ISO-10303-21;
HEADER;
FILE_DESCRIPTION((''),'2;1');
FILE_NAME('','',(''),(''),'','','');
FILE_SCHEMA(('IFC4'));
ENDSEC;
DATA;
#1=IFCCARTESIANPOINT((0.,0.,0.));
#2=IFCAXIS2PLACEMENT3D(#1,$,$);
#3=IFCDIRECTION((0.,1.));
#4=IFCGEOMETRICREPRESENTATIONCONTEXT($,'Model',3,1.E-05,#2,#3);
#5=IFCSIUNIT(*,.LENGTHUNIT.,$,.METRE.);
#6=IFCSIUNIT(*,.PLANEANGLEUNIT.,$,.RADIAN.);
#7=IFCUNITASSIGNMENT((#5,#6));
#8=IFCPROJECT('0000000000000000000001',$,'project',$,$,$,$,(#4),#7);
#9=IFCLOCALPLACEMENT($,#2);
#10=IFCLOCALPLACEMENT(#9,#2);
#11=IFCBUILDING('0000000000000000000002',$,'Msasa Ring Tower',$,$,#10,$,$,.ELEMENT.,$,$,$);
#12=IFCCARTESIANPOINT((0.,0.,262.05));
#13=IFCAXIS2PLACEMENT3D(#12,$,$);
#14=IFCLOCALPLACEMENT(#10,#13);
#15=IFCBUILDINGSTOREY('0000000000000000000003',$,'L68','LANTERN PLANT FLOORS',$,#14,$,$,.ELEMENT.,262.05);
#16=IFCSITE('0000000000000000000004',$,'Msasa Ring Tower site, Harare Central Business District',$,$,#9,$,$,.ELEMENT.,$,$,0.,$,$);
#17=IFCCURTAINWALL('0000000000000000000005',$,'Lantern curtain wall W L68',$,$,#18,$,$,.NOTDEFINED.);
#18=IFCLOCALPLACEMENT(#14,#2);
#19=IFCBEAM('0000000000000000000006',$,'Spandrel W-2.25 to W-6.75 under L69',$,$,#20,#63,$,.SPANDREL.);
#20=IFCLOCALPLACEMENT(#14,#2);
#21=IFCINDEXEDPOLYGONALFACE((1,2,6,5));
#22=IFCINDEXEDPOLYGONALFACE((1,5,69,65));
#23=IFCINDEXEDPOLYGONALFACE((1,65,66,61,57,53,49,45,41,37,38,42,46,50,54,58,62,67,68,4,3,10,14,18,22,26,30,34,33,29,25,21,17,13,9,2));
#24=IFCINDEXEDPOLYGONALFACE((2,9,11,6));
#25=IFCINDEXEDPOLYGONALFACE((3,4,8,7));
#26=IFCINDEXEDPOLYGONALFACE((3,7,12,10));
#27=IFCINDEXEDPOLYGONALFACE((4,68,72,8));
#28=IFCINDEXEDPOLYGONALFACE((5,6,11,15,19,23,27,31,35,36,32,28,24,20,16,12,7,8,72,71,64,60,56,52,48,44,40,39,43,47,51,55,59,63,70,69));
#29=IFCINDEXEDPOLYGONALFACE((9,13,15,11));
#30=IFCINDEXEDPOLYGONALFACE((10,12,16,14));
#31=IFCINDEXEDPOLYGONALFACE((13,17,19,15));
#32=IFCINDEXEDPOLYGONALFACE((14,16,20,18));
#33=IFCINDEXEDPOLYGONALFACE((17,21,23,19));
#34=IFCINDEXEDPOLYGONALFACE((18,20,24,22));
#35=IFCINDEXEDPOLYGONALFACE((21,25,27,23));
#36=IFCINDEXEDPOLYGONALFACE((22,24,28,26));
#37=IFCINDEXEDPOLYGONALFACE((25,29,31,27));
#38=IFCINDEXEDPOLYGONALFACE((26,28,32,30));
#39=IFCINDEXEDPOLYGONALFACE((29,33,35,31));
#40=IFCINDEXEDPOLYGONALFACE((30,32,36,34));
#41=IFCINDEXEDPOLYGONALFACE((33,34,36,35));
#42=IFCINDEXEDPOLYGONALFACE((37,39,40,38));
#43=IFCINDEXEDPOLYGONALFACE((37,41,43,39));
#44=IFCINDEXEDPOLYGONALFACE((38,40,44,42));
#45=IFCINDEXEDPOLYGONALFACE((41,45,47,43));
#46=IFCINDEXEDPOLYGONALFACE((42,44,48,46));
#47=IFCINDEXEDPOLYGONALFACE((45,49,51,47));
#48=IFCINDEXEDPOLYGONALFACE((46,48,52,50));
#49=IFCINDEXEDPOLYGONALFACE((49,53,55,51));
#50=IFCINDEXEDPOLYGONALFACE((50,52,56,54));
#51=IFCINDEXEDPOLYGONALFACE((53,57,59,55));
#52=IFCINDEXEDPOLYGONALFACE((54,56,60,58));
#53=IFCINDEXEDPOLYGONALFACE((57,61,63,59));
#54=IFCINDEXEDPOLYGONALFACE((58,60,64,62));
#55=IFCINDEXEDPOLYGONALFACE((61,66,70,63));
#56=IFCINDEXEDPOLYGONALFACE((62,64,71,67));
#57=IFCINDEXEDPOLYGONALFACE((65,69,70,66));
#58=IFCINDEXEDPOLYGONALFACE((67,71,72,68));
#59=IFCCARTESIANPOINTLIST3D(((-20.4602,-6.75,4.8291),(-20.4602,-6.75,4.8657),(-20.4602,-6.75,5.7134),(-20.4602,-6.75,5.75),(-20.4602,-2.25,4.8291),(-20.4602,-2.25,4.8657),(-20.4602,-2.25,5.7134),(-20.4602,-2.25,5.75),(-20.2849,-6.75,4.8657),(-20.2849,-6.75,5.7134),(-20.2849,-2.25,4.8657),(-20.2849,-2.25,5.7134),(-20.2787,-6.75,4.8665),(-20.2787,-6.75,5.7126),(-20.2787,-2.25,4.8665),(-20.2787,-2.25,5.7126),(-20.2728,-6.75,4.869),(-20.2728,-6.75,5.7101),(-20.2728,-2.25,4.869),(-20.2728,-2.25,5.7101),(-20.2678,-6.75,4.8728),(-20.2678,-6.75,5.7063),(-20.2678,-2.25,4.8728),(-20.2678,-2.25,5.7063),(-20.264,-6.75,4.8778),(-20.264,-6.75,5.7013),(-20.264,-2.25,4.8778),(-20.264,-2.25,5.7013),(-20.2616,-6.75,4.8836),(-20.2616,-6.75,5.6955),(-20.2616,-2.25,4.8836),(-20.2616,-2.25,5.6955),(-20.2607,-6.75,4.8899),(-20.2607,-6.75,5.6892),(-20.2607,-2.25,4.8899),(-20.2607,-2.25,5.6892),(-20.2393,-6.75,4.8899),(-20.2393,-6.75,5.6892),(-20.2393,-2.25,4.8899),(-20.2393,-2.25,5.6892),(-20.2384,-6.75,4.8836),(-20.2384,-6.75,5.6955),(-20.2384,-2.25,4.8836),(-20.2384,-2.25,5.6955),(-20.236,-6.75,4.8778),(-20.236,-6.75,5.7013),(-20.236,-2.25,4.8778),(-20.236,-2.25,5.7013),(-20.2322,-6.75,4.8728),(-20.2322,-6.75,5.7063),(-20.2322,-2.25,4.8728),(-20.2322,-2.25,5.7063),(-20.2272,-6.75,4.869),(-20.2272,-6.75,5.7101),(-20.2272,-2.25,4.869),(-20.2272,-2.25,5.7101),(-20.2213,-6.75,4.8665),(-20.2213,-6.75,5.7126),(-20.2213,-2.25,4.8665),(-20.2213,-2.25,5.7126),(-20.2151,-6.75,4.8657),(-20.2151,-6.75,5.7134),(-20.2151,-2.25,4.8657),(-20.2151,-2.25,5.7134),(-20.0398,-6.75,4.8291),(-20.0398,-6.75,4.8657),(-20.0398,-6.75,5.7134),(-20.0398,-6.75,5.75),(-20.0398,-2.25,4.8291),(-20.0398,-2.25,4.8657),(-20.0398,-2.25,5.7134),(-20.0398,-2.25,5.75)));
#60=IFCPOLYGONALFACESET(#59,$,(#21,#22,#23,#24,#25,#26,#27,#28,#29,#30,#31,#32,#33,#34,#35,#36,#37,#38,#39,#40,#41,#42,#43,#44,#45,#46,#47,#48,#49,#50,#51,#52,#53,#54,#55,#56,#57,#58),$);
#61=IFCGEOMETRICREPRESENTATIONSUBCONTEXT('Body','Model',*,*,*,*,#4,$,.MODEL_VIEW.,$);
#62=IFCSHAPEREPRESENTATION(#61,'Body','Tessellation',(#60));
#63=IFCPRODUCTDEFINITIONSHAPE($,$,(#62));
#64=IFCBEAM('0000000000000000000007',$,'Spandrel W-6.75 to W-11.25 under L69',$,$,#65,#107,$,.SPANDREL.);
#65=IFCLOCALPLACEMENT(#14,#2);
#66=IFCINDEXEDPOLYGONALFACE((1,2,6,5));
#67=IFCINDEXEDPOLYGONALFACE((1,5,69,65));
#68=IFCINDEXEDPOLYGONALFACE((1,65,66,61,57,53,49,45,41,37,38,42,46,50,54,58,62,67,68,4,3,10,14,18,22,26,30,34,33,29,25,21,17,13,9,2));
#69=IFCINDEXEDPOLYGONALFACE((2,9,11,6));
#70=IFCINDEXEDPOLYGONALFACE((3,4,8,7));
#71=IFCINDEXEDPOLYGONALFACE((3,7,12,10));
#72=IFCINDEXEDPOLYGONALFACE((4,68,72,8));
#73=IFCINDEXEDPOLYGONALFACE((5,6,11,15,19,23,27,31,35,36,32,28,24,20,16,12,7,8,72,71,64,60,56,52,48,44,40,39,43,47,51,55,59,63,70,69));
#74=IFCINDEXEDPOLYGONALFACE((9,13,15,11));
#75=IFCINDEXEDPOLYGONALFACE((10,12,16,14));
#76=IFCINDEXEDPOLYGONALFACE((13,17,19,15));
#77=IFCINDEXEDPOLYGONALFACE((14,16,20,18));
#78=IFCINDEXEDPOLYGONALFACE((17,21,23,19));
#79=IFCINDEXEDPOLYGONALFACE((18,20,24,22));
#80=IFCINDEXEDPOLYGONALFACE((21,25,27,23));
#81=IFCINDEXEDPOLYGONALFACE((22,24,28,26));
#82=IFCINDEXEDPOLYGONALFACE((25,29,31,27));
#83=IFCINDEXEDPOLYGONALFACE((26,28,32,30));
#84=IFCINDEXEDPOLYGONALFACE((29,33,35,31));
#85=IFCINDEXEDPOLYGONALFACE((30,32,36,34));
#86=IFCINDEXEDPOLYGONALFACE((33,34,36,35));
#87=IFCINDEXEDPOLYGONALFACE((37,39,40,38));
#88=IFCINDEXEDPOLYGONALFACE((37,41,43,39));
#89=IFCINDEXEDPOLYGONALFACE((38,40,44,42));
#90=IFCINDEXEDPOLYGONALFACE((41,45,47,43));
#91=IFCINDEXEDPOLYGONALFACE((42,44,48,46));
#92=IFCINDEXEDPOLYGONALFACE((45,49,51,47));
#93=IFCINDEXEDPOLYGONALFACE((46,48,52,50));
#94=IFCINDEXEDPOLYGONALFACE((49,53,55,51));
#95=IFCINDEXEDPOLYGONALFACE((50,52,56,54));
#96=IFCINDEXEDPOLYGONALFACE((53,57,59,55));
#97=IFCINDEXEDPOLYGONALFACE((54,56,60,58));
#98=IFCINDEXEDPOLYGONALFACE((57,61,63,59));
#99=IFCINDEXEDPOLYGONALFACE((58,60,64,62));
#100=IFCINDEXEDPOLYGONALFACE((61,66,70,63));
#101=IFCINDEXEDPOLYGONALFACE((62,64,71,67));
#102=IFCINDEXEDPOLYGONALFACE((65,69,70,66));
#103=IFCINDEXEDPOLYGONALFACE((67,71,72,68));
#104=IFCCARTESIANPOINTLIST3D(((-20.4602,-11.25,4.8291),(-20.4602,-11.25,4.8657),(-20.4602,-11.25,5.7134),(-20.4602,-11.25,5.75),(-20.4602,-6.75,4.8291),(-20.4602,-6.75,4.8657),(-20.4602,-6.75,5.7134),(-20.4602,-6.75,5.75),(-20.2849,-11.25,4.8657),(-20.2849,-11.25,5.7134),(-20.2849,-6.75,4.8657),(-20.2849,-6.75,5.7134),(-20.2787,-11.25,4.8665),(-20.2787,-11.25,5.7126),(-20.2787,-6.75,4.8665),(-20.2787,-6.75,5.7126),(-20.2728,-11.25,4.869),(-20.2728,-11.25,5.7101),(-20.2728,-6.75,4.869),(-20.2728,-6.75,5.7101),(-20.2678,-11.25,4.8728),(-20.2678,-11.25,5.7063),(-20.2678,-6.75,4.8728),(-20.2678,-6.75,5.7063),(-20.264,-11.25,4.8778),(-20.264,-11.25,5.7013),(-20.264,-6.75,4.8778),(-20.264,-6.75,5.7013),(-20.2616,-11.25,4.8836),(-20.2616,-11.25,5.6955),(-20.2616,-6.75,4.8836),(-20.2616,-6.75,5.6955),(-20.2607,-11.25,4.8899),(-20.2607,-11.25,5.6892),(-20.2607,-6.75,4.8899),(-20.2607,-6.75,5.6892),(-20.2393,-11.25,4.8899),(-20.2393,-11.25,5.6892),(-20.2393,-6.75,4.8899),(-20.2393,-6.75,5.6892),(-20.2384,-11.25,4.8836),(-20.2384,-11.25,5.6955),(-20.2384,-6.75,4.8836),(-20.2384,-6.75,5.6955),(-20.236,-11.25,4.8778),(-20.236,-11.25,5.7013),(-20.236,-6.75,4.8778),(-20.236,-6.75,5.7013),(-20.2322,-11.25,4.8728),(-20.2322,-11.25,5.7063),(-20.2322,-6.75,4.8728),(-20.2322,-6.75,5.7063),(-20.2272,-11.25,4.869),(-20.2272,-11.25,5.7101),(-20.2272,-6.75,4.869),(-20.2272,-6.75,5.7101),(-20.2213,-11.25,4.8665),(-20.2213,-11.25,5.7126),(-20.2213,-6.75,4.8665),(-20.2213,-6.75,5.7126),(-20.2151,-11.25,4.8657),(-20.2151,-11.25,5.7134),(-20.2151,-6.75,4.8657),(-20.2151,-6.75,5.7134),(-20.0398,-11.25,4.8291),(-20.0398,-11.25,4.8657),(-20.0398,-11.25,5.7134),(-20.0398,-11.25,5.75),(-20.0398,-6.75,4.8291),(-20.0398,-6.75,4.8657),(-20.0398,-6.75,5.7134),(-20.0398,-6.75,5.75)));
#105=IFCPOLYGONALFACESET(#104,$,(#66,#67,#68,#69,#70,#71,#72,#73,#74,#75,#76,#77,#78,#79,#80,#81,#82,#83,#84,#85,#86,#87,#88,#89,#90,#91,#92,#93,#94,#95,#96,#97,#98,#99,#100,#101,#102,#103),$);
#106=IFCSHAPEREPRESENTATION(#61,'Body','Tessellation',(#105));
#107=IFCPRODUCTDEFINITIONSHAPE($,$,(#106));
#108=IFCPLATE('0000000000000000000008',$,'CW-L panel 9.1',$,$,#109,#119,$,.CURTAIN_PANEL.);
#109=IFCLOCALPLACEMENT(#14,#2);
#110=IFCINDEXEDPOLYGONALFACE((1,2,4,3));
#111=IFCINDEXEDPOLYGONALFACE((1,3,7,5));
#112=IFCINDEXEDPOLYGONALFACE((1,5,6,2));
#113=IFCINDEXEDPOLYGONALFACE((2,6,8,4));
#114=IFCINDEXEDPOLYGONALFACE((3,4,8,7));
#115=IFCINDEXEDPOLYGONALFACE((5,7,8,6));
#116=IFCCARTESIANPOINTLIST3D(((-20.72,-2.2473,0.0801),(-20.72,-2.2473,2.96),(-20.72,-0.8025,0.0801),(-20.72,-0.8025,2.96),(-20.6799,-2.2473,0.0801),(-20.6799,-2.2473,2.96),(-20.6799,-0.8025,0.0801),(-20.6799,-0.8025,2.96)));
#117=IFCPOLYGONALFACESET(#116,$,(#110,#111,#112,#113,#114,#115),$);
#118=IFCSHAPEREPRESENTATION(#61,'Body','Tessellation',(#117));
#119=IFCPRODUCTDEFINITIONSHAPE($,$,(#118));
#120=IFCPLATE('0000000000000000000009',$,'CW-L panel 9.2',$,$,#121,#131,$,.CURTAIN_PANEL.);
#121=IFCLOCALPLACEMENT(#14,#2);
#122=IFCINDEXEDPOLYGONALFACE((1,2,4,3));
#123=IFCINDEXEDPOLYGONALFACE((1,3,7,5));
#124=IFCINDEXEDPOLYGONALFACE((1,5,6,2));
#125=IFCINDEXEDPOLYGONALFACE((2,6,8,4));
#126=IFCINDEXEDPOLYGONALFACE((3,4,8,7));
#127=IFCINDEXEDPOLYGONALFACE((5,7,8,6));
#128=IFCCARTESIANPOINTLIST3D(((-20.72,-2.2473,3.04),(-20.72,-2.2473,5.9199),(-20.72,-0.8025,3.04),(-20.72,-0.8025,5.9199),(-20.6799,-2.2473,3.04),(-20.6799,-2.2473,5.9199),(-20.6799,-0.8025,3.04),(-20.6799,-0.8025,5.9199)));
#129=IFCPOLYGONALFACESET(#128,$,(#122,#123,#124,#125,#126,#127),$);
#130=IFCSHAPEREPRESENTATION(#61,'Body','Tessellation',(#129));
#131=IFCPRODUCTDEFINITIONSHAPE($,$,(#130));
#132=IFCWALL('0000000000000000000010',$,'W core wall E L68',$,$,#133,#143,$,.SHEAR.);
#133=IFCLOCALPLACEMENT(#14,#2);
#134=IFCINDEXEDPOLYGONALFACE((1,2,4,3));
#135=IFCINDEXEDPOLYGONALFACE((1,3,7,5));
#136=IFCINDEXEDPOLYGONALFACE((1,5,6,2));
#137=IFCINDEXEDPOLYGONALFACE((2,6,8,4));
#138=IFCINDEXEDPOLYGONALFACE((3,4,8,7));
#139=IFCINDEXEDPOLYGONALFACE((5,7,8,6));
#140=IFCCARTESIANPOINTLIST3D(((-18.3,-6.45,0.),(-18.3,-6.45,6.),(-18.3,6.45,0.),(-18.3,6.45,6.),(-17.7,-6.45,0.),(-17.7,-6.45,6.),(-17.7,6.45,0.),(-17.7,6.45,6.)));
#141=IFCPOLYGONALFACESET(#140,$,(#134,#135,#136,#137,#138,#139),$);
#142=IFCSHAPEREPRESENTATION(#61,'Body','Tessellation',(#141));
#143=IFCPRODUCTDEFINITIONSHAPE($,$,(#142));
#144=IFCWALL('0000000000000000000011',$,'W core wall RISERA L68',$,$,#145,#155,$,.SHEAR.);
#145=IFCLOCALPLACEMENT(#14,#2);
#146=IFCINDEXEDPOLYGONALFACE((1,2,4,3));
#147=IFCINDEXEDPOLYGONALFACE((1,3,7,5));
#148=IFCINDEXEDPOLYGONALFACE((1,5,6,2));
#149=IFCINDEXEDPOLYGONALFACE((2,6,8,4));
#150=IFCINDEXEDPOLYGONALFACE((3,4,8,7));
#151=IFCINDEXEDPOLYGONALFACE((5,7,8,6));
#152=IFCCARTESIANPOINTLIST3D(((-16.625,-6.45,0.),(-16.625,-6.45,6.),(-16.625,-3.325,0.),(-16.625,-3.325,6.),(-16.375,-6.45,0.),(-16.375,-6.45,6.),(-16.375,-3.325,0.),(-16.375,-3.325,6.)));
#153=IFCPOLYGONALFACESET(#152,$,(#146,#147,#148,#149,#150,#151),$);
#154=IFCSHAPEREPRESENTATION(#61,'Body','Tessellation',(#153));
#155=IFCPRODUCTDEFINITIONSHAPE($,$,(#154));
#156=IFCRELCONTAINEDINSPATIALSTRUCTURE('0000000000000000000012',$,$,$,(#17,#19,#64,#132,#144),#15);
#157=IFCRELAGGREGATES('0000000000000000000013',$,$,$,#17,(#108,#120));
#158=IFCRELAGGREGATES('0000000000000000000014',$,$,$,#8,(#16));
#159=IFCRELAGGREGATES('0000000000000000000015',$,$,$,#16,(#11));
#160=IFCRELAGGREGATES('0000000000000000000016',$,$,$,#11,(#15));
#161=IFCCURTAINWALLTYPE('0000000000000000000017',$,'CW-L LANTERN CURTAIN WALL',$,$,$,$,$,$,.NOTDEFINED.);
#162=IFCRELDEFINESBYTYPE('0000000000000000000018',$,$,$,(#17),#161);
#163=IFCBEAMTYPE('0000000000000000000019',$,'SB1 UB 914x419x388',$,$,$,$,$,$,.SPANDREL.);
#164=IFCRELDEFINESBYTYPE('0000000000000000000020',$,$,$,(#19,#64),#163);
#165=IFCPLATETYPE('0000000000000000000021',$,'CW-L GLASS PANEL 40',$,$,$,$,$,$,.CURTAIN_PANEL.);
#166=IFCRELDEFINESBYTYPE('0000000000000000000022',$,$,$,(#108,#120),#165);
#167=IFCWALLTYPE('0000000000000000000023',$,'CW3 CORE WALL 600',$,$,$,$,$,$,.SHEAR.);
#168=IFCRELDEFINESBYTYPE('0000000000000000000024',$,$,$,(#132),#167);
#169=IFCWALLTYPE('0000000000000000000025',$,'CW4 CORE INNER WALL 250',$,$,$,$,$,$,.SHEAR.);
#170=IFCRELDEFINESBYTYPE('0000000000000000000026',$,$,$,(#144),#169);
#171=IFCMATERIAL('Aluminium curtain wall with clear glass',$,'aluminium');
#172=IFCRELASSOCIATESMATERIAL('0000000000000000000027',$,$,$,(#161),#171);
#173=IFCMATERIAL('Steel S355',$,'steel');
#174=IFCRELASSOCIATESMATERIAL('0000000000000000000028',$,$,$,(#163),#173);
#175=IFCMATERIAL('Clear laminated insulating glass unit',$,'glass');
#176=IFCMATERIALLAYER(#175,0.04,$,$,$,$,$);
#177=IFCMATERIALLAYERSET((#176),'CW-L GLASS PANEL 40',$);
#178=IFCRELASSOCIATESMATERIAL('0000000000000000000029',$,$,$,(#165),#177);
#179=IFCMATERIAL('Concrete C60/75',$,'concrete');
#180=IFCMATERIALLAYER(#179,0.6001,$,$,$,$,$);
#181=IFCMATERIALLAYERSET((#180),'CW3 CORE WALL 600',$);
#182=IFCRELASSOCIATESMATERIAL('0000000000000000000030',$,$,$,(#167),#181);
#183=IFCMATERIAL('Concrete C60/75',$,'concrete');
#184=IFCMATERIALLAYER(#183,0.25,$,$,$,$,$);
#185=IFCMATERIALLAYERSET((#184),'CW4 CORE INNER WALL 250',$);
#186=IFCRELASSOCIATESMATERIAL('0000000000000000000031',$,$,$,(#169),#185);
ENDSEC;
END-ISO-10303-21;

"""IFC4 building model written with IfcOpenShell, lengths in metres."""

from ifc_helpers import new_model, si_unit, direction, frame, frame_2d, origin, origin_2d, place, context, subcontext, project, spatial, rectangle, i_section, extrude, material, layer, layer_set, material_profile, profile_set, type_object, element, aggregate, save


model = new_model("IFC4")

# Units and contexts
model_context = context("Model", 3, precision=1e-05, world=origin(), true_north=direction((0.0, 1.0)))
body_context = subcontext(model_context, "Body", "Model", "MODEL_VIEW")
ifc_project = project(units=[si_unit("LENGTHUNIT", "METRE"), si_unit("PLANEANGLEUNIT", "RADIAN")], contexts=[model_context])

# Site, building, storey
site_placement = place(None, origin())
site = spatial("IfcSite", under=ifc_project, at=site_placement, Name="Msasa Ring Tower site, Harare Central Business District", CompositionType="ELEMENT", RefElevation=0.0)
building_placement = place(site_placement, origin())
building = spatial("IfcBuilding", under=site, at=building_placement, Name="Msasa Ring Tower", CompositionType="ELEMENT")
storey_placement = place(building_placement, frame((0.0, 0.0, 262.05)))
storey = spatial("IfcBuildingStorey", under=building, at=storey_placement, Name="L68", Description="LANTERN PLANT FLOORS", CompositionType="ELEMENT", Elevation=262.05)

# Curtain wall
ifc_material_1 = material(Name="Aluminium curtain wall with clear glass", Category="aluminium")
curtain_wall_type = type_object("IfcCurtainWallType", Name="CW-L LANTERN CURTAIN WALL", PredefinedType="NOTDEFINED", material=ifc_material_1)
curtain_wall_placement = place(storey_placement, origin())
curtain_wall = element("IfcCurtainWall", 1, at=curtain_wall_placement, inside=storey, type_object=curtain_wall_type, Name="Lantern curtain wall W L68", PredefinedType="NOTDEFINED")

# Beams
ifc_material_2 = material(Name="Steel S355", Category="steel")
ifc_material_profile_1 = material_profile(ifc_material_2, i_section(OverallWidth=0.4204, OverallDepth=0.9209, WebThickness=0.0215, FlangeThickness=0.0366, FilletRadius=0.0242, at=origin_2d()), Name="UB 914x419x388")
ifc_profile_set_1 = profile_set([ifc_material_profile_1], Name="Steel S355")
beam_type_1 = type_object("IfcBeamType", Name="SB1 UB 914x419x388", PredefinedType="SPANDREL", material=ifc_profile_set_1)
for number, where, z_axis, x_axis, name in (
    (2, (-20.25, -2.25, 5.2896), (0.0, -1.0, 0.0), (1.0, 0.0, 0.0), "Spandrel W-2.25 to W-6.75 under L69"),
    (3, (-20.25, -6.75, 5.2896), (0.0, -1.0, 0.0), (1.0, 0.0, 0.0), "Spandrel W-6.75 to W-11.25 under L69"),
):
    element("IfcBeam", number, at=place(storey_placement, frame(where, z_axis=z_axis, x_axis=x_axis)), inside=storey, type_object=beam_type_1, Name=name, PredefinedType="SPANDREL", context=body_context, shape_type="SweptSolid", body=[
        extrude(i_section(OverallWidth=0.4204, OverallDepth=0.9209, WebThickness=0.0215, FlangeThickness=0.0366, FilletRadius=0.0242, at=origin_2d()), origin(), (0.0, 0.0, 1.0), 4.5),
    ])

# Plates
ifc_material_3 = material(Name="Clear laminated insulating glass unit", Category="glass")
ifc_layer_1 = layer(ifc_material_3, 0.04)
ifc_layer_set_1 = layer_set([ifc_layer_1], Name="CW-L GLASS PANEL 40")
plate_type = type_object("IfcPlateType", Name="CW-L GLASS PANEL 40", PredefinedType="CURTAIN_PANEL", material=ifc_layer_set_1)
plate_1_placement = place(storey_placement, frame((-20.7, -1.5249, 0.0801), z_axis=(0.0, 0.0, 1.0), x_axis=(0.0, -1.0, 0.0)))
plate_1 = element("IfcPlate", 4, at=plate_1_placement, type_object=plate_type, Name="CW-L panel 9.1", PredefinedType="CURTAIN_PANEL", context=body_context, shape_type="SweptSolid", body=[
    extrude(rectangle(XDim=1.4448, YDim=0.04, at=origin_2d()), origin(), (0.0, 0.0, 1.0), 2.8799),
])
plate_2_placement = place(storey_placement, frame((-20.7, -1.5249, 3.04), z_axis=(0.0, 0.0, 1.0), x_axis=(0.0, -1.0, 0.0)))
plate_2 = element("IfcPlate", 5, at=plate_2_placement, type_object=plate_type, Name="CW-L panel 9.2", PredefinedType="CURTAIN_PANEL", context=body_context, shape_type="SweptSolid", body=[
    extrude(rectangle(XDim=1.4448, YDim=0.04, at=origin_2d()), origin(), (0.0, 0.0, 1.0), 2.8799),
])
aggregate(curtain_wall, [plate_1, plate_2])

# Walls
ifc_material_4 = material(Name="Concrete C60/75", Category="concrete")
ifc_layer_2 = layer(ifc_material_4, 0.6001)
ifc_layer_set_2 = layer_set([ifc_layer_2], Name="CW3 CORE WALL 600")
wall_type_1 = type_object("IfcWallType", Name="CW3 CORE WALL 600", PredefinedType="SHEAR", material=ifc_layer_set_2)
wall_1_placement = place(storey_placement, frame((-18.0, -6.45, 0.0), z_axis=(0.0, 0.0, 1.0), x_axis=(0.0, 1.0, 0.0)))
element("IfcWall", 6, at=wall_1_placement, inside=storey, type_object=wall_type_1, Name="W core wall E L68", PredefinedType="SHEAR", context=body_context, shape_type="SweptSolid", body=[
    extrude(rectangle(XDim=12.8999, YDim=0.6001, at=frame_2d((6.45, 0.0))), origin(), (0.0, 0.0, 1.0), 6.0),
])
ifc_material_5 = material(Name="Concrete C60/75", Category="concrete")
ifc_layer_3 = layer(ifc_material_5, 0.25)
ifc_layer_set_3 = layer_set([ifc_layer_3], Name="CW4 CORE INNER WALL 250")
wall_type_2 = type_object("IfcWallType", Name="CW4 CORE INNER WALL 250", PredefinedType="SHEAR", material=ifc_layer_set_3)
wall_2_placement = place(storey_placement, frame((-16.5, -6.45, 0.0), z_axis=(0.0, 0.0, 1.0), x_axis=(0.0, 1.0, 0.0)))
element("IfcWall", 7, at=wall_2_placement, inside=storey, type_object=wall_type_2, Name="W core wall RISERA L68", PredefinedType="SHEAR", context=body_context, shape_type="SweptSolid", body=[
    extrude(rectangle(XDim=3.125, YDim=0.25, at=frame_2d((1.5625, 0.0))), origin(), (0.0, 0.0, 1.0), 6.0),
])

save(model, "model.ifc")
